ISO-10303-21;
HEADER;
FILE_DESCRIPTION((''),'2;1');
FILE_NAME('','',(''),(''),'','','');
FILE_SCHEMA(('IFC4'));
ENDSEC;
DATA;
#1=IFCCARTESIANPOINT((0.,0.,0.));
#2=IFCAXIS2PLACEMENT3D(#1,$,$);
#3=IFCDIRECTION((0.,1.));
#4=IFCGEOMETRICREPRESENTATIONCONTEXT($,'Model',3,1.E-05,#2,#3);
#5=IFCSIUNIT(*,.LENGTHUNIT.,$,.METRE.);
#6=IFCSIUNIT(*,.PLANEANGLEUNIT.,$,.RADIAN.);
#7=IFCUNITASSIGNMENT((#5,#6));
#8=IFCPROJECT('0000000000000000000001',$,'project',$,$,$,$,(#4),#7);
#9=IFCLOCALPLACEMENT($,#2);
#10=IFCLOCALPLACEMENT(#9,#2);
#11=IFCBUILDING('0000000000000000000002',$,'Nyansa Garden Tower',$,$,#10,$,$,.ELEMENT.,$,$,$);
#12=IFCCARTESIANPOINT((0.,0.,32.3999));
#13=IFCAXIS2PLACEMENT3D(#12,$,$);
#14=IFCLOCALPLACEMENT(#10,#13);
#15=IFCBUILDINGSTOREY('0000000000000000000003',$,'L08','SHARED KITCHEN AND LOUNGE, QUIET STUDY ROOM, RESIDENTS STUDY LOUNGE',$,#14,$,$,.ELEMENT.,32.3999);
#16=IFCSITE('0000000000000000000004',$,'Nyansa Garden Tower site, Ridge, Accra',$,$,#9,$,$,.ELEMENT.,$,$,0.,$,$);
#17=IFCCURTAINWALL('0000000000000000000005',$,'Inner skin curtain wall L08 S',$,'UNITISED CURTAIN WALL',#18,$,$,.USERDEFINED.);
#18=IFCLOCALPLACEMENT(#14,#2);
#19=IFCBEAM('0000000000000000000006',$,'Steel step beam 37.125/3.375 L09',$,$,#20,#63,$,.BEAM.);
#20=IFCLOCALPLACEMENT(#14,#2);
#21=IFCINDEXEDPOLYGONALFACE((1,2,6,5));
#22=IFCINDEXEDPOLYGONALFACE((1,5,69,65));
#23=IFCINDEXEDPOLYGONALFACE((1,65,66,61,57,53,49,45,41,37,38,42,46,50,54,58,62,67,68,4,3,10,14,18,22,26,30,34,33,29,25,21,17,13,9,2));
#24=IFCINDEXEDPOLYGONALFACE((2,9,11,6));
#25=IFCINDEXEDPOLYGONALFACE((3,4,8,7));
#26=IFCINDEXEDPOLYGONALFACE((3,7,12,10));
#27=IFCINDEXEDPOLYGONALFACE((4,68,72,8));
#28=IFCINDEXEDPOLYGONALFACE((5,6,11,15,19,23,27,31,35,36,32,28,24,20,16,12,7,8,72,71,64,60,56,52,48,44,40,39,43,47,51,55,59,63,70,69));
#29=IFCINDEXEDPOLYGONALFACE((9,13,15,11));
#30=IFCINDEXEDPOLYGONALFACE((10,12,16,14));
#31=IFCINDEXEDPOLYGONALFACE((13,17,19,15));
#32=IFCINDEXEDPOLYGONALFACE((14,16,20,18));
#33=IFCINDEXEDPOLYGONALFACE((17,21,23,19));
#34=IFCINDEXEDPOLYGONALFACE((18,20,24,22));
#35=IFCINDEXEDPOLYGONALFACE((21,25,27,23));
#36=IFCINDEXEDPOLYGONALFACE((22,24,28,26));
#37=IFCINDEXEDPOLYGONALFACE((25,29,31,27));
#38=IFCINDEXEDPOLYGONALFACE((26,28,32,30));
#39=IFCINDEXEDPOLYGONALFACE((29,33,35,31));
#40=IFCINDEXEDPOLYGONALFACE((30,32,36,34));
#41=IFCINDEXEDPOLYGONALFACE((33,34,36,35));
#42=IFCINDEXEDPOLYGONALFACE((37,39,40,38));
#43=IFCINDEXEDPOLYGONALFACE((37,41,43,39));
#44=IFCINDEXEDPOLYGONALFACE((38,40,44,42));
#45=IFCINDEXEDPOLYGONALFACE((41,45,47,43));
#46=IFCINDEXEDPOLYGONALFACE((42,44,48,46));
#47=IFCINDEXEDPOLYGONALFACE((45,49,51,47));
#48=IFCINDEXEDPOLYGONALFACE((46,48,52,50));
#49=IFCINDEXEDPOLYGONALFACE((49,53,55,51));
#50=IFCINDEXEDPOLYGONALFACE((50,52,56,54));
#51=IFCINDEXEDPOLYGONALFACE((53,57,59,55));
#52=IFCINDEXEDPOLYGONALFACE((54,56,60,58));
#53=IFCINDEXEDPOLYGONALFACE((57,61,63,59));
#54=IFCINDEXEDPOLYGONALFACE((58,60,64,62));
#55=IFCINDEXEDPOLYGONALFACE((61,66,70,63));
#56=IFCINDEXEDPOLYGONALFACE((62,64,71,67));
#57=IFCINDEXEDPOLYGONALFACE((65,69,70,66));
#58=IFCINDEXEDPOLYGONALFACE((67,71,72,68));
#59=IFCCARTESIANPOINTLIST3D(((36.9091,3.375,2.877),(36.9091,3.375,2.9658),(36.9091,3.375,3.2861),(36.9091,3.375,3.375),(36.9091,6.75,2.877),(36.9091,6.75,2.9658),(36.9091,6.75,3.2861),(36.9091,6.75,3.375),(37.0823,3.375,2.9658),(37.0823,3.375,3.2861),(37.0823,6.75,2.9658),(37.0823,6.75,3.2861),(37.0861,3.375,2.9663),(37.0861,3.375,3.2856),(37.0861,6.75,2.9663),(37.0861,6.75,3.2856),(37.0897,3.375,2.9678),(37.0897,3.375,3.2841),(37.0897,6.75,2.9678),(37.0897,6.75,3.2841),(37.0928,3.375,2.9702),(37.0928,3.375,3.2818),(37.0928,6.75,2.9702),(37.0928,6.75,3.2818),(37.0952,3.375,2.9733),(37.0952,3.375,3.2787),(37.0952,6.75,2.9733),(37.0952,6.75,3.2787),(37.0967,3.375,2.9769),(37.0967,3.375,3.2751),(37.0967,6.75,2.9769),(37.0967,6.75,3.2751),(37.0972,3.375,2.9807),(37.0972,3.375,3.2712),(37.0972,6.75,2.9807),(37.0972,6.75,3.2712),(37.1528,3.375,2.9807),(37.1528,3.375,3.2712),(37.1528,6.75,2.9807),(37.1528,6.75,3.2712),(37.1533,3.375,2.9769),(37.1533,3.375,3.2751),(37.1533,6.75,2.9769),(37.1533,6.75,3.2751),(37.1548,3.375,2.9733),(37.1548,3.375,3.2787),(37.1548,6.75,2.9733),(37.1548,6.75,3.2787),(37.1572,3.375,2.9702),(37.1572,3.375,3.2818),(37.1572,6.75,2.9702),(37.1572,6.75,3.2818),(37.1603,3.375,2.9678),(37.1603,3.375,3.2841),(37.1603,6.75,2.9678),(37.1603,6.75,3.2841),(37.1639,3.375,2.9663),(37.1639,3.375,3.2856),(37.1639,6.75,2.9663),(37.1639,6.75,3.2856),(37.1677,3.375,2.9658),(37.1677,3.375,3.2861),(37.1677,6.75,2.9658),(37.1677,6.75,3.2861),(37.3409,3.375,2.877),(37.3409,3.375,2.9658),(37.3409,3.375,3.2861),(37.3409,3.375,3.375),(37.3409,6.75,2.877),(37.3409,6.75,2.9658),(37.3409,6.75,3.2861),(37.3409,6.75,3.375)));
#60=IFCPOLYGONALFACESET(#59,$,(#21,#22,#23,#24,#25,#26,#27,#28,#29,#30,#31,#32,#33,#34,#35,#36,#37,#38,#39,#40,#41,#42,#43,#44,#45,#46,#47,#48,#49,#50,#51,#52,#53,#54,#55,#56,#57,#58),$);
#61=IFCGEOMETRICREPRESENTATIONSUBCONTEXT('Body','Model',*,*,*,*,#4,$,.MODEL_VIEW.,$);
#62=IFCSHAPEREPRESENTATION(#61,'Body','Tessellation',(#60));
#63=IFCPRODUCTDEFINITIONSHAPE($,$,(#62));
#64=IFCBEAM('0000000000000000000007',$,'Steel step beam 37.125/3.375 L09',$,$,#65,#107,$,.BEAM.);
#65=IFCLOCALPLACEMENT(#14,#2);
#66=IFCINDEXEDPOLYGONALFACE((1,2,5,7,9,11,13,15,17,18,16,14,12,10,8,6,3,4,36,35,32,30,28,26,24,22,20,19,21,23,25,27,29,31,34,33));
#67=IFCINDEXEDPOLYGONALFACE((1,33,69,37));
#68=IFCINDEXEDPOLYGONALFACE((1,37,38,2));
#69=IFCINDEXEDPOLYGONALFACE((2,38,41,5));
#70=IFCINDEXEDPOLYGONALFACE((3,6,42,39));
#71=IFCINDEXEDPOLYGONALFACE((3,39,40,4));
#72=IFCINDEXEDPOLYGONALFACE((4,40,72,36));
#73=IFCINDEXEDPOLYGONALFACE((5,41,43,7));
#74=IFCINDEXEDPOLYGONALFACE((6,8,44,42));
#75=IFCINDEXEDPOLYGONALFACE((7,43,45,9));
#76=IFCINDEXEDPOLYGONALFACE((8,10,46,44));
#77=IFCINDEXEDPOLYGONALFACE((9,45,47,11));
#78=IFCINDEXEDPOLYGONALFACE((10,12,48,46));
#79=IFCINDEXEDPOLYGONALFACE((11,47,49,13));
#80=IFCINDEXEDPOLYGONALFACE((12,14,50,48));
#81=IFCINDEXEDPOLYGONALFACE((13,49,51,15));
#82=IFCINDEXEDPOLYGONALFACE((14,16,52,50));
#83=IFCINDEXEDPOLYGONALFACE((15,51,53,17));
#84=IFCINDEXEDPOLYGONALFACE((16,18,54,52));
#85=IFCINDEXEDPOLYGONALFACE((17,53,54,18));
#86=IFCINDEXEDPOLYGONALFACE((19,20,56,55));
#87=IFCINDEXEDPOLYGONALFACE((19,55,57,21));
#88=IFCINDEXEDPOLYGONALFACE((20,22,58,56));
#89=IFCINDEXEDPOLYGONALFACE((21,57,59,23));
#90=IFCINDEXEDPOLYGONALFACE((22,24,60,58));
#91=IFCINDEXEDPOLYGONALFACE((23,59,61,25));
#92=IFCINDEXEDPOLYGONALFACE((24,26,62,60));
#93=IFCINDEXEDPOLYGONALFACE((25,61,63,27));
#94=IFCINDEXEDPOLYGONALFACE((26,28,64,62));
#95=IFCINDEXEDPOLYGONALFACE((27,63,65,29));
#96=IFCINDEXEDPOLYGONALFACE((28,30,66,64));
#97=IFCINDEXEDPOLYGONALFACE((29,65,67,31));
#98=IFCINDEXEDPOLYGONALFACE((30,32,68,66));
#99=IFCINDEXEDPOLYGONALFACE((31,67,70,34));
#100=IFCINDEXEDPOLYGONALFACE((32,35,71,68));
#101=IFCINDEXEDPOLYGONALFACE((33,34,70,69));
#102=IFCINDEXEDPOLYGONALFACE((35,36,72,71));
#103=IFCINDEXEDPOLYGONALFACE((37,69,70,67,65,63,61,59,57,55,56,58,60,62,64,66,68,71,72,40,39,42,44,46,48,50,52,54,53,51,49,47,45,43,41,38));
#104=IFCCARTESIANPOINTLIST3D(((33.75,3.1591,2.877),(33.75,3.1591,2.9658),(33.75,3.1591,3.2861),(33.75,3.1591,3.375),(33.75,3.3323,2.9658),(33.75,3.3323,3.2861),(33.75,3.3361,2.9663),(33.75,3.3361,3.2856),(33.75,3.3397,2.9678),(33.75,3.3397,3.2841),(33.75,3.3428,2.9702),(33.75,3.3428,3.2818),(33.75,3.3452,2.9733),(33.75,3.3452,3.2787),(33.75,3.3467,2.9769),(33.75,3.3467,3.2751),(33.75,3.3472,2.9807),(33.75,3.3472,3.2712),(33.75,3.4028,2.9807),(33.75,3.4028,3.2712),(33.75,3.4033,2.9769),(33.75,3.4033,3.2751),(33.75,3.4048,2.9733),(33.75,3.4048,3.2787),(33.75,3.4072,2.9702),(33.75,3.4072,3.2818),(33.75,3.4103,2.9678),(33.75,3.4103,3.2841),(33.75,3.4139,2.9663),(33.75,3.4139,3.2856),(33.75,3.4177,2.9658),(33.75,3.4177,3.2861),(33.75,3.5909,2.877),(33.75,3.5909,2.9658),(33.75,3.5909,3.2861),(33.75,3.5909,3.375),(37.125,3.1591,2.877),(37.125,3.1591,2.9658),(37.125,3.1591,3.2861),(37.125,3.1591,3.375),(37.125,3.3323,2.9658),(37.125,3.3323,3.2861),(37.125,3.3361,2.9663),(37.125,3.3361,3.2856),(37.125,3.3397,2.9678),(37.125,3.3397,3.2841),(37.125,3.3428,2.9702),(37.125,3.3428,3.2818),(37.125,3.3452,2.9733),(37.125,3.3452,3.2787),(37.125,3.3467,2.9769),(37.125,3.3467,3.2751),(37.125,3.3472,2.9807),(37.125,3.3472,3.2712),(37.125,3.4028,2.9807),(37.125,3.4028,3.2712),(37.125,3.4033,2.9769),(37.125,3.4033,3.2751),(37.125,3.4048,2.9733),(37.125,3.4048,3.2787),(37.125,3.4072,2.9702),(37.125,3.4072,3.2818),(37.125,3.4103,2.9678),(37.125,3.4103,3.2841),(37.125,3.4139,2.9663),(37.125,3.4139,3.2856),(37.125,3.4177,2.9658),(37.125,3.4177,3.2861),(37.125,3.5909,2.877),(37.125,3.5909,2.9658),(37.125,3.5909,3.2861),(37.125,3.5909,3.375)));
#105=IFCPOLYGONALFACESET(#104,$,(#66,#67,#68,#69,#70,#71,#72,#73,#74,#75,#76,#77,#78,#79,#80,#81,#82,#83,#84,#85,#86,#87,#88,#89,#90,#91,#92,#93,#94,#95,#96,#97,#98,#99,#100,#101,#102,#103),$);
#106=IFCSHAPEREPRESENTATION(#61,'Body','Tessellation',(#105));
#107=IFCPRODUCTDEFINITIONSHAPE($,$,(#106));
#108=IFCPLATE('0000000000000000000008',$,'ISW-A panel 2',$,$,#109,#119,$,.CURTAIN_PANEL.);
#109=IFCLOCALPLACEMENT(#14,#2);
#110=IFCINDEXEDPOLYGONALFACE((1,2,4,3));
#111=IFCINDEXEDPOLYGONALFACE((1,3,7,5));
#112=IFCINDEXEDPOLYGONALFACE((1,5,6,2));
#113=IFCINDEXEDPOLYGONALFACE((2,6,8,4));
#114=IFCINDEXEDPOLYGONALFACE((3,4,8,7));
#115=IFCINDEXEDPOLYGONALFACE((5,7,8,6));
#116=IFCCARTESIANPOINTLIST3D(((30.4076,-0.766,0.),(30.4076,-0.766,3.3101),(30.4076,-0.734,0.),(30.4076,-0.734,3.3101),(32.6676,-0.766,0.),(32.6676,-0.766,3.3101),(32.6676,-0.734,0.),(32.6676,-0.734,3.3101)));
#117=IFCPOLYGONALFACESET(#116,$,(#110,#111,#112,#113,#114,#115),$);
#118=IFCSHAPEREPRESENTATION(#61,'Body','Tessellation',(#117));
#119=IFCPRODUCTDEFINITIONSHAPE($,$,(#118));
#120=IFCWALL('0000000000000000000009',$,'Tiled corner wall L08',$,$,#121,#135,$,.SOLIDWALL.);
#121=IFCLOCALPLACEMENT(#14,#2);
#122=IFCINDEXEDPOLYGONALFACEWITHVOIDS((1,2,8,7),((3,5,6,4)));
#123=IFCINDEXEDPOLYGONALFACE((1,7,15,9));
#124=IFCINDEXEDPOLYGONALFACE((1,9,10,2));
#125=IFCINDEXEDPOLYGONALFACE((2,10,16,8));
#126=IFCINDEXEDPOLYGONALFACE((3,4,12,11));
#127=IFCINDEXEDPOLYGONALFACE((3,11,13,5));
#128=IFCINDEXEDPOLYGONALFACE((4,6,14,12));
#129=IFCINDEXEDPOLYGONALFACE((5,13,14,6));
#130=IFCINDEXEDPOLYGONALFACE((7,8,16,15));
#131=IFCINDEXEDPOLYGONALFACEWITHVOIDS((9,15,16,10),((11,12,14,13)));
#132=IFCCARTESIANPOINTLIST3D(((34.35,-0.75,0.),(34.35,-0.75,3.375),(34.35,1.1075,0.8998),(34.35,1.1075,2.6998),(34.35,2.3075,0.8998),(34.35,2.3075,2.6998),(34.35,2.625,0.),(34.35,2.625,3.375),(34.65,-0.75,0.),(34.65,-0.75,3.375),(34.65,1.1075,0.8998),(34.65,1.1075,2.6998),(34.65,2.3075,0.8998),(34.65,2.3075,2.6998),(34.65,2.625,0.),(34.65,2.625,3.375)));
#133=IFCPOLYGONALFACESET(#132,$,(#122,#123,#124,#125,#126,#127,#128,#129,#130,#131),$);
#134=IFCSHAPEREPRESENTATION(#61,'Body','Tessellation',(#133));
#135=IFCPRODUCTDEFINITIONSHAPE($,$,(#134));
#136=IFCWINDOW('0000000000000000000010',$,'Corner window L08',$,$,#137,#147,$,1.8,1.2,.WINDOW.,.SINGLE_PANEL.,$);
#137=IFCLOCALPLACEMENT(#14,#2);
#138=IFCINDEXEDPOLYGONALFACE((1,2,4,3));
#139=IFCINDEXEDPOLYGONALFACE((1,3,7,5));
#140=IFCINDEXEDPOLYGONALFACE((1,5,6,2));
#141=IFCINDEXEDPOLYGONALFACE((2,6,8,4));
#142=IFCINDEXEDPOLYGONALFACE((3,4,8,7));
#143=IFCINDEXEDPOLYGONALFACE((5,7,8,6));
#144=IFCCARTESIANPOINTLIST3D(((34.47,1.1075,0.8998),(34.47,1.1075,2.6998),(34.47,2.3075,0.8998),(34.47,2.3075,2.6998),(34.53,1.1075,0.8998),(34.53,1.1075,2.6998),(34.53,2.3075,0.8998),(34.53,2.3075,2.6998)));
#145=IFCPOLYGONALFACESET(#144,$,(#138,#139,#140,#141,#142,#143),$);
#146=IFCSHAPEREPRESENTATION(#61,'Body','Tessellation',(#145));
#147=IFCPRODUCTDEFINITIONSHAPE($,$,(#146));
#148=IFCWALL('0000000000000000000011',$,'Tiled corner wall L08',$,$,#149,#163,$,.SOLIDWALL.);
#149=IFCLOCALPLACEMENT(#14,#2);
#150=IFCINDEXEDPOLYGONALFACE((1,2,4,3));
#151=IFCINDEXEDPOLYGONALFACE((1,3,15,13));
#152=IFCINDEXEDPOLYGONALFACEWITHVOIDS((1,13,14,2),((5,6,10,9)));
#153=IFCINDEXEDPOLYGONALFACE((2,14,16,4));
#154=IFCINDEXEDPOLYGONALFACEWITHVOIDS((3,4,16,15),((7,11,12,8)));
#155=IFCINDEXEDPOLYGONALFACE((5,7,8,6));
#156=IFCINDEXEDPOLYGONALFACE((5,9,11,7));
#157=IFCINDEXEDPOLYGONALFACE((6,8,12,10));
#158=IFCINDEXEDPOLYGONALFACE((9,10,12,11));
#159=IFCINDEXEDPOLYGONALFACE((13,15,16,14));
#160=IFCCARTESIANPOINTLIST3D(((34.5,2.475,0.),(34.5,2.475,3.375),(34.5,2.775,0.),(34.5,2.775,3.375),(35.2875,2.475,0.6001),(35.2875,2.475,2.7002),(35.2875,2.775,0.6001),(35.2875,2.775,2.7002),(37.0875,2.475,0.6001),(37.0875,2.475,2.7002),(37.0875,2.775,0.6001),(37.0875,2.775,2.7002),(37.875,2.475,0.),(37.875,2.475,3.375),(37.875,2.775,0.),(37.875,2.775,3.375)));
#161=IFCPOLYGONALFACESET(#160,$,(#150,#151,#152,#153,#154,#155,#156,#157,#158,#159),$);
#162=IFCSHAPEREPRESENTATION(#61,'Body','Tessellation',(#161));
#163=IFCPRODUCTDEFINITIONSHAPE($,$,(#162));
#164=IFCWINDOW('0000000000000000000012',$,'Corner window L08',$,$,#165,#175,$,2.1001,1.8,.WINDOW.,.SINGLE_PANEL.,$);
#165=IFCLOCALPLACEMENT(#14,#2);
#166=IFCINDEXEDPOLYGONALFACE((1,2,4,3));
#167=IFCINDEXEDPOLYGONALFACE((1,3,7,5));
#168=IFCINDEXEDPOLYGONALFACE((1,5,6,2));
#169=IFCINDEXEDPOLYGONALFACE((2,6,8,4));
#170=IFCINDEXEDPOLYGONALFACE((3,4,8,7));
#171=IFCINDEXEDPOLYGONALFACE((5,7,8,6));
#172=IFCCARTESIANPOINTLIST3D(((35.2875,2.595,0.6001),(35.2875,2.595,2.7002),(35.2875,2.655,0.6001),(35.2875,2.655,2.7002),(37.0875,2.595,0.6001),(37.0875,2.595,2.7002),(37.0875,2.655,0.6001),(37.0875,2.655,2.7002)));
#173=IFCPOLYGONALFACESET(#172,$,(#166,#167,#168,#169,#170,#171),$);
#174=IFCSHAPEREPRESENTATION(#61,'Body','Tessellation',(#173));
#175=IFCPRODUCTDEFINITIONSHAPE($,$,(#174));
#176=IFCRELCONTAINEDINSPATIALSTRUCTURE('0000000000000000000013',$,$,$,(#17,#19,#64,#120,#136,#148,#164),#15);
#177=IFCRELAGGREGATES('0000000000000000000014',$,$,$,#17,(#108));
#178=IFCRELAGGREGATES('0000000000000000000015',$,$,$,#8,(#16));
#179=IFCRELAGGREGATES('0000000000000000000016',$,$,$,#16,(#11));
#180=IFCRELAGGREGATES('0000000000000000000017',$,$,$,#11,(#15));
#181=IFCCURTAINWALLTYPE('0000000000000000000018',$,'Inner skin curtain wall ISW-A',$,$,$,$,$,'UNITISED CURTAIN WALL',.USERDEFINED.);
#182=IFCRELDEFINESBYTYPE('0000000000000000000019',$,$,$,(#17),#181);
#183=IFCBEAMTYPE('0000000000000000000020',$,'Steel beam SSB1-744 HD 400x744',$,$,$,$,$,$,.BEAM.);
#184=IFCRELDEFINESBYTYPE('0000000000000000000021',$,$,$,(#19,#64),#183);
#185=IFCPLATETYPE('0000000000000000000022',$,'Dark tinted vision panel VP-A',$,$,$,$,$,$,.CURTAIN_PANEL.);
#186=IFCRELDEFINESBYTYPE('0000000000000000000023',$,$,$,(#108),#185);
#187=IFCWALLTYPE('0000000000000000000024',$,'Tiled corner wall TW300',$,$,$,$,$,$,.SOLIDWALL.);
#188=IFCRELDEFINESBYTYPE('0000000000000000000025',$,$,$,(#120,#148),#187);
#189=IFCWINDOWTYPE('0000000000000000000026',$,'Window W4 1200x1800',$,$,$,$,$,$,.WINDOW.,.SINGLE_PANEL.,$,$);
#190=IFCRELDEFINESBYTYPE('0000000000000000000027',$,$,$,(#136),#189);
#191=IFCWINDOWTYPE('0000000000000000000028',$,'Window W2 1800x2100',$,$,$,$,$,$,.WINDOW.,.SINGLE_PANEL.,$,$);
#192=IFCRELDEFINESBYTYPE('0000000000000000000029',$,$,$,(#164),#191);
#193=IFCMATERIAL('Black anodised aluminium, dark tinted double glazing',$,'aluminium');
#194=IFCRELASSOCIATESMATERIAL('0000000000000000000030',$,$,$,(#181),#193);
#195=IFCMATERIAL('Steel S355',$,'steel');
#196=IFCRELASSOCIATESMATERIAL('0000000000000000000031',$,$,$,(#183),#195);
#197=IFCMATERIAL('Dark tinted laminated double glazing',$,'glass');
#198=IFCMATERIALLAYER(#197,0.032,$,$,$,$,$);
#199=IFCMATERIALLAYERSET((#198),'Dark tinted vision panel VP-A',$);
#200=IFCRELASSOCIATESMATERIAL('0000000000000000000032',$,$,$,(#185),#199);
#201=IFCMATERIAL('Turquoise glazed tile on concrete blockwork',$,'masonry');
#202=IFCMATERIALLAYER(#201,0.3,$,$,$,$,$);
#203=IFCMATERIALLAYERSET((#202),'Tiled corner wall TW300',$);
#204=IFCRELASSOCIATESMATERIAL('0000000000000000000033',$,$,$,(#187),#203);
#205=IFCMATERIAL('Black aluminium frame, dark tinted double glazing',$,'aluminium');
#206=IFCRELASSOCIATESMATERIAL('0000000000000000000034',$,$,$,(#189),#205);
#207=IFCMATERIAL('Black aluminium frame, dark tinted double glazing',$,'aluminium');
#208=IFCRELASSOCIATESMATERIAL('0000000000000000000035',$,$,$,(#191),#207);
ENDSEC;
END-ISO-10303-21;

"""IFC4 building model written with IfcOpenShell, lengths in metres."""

from ifc_helpers import new_model, si_unit, direction, frame, frame_2d, origin, origin_2d, place, context, subcontext, project, spatial, rectangle, i_section, extrude, material, layer, layer_set, material_profile, profile_set, type_object, element, fill, aggregate, save


model = new_model("IFC4")

# Units and contexts
model_context = context("Model", 3, precision=1e-05, world=origin(), true_north=direction((0.0, 1.0)))
body_context = subcontext(model_context, "Body", "Model", "MODEL_VIEW")
ifc_project = project(units=[si_unit("LENGTHUNIT", "METRE"), si_unit("PLANEANGLEUNIT", "RADIAN")], contexts=[model_context])

# Site, building, storey
site_placement = place(None, origin())
site = spatial("IfcSite", under=ifc_project, at=site_placement, Name="Nyansa Garden Tower site, Ridge, Accra", CompositionType="ELEMENT", RefElevation=0.0)
building_placement = place(site_placement, origin())
building = spatial("IfcBuilding", under=site, at=building_placement, Name="Nyansa Garden Tower", CompositionType="ELEMENT")
storey_placement = place(building_placement, frame((0.0, 0.0, 32.3999)))
storey = spatial("IfcBuildingStorey", under=building, at=storey_placement, Name="L08", Description="SHARED KITCHEN AND LOUNGE, QUIET STUDY ROOM, RESIDENTS STUDY LOUNGE", CompositionType="ELEMENT", Elevation=32.3999)

# Curtain wall
ifc_material_1 = material(Name="Black anodised aluminium, dark tinted double glazing", Category="aluminium")
curtain_wall_type = type_object("IfcCurtainWallType", Name="Inner skin curtain wall ISW-A", ElementType="UNITISED CURTAIN WALL", PredefinedType="USERDEFINED", material=ifc_material_1)
curtain_wall_placement = place(storey_placement, origin())
curtain_wall = element("IfcCurtainWall", 1, at=curtain_wall_placement, inside=storey, type_object=curtain_wall_type, Name="Inner skin curtain wall L08 S", ObjectType="UNITISED CURTAIN WALL", PredefinedType="USERDEFINED")

# Beams
ifc_material_2 = material(Name="Steel S355", Category="steel")
ifc_material_profile_1 = material_profile(ifc_material_2, i_section(OverallWidth=0.4319, OverallDepth=0.498, WebThickness=0.0557, FlangeThickness=0.0889, FilletRadius=0.0149, at=origin_2d()), Name="HD 400x744")
ifc_profile_set_1 = profile_set([ifc_material_profile_1], Name="Steel S355")
beam_type_1 = type_object("IfcBeamType", Name="Steel beam SSB1-744 HD 400x744", PredefinedType="BEAM", material=ifc_profile_set_1)
for number, where, z_axis, x_axis, name in (
    (2, (37.125, 3.375, 3.126), (0.0, 1.0, 0.0), (-1.0, 0.0, 0.0), "Steel step beam 37.125/3.375 L09"),
    (3, (37.125, 3.375, 3.126), (-1.0, 0.0, 0.0), (0.0, -1.0, 0.0), "Steel step beam 37.125/3.375 L09"),
):
    element("IfcBeam", number, at=place(storey_placement, frame(where, z_axis=z_axis, x_axis=x_axis)), inside=storey, type_object=beam_type_1, Name=name, PredefinedType="BEAM", context=body_context, shape_type="SweptSolid", body=[
        extrude(i_section(OverallWidth=0.4319, OverallDepth=0.498, WebThickness=0.0557, FlangeThickness=0.0889, FilletRadius=0.0149, at=origin_2d()), origin(), (0.0, 0.0, 1.0), 3.375),
    ])

# Plate
ifc_material_3 = material(Name="Dark tinted laminated double glazing", Category="glass")
ifc_layer_1 = layer(ifc_material_3, 0.032)
ifc_layer_set_1 = layer_set([ifc_layer_1], Name="Dark tinted vision panel VP-A")
plate_type = type_object("IfcPlateType", Name="Dark tinted vision panel VP-A", PredefinedType="CURTAIN_PANEL", material=ifc_layer_set_1)
plate_placement = place(storey_placement, frame((31.5376, -0.75, 0.0), z_axis=(0.0, 0.0, 1.0), x_axis=(1.0, 0.0, 0.0)))
plate = element("IfcPlate", 4, at=plate_placement, type_object=plate_type, Name="ISW-A panel 2", PredefinedType="CURTAIN_PANEL", context=body_context, shape_type="SweptSolid", body=[
    extrude(rectangle(XDim=2.26, YDim=0.032, at=origin_2d()), origin(), (0.0, 0.0, 1.0), 3.3101),
])
aggregate(curtain_wall, [plate])

# Walls, openings, windows
ifc_material_4 = material(Name="Turquoise glazed tile on concrete blockwork", Category="masonry")
ifc_layer_2 = layer(ifc_material_4, 0.3)
ifc_layer_set_2 = layer_set([ifc_layer_2], Name="Tiled corner wall TW300")
wall_type = type_object("IfcWallType", Name="Tiled corner wall TW300", PredefinedType="SOLIDWALL", material=ifc_layer_set_2)
wall_1_placement = place(storey_placement, frame((34.5, -0.75, 0.0), z_axis=(0.0, 0.0, 1.0), x_axis=(0.0, 1.0, 0.0)))
wall_1 = element("IfcWall", 5, at=wall_1_placement, inside=storey, type_object=wall_type, Name="Tiled corner wall L08", PredefinedType="SOLIDWALL", context=body_context, shape_type="SweptSolid", body=[
    extrude(rectangle(XDim=3.375, YDim=0.3, at=frame_2d((1.6875, 0.0))), origin(), (0.0, 0.0, 1.0), 3.375),
])
opening_1_placement = place(wall_1_placement, frame((1.8574, 0.0, 0.8999)))
opening_1 = element("IfcOpeningElement", 6, at=opening_1_placement, cuts=wall_1, PredefinedType="OPENING", context=body_context, shape_type="SweptSolid", body=[
    extrude(rectangle(XDim=1.2, YDim=1.8, at=frame_2d((0.6001, 0.8999))), frame((0.0, 0.1599, 0.0), z_axis=(0.0, -1.0, 0.0), x_axis=(1.0, 0.0, 0.0)), (0.0, 0.0, 1.0), 0.3201),
])
ifc_material_5 = material(Name="Black aluminium frame, dark tinted double glazing", Category="aluminium")
window_type_1 = type_object("IfcWindowType", Name="Window W4 1200x1800", PartitioningType="SINGLE_PANEL", PredefinedType="WINDOW", material=ifc_material_5)
window_1_placement = place(opening_1_placement, origin())
window_1 = element("IfcWindow", 7, at=window_1_placement, inside=storey, type_object=window_type_1, Name="Corner window L08", OverallHeight=1.8, OverallWidth=1.2, PartitioningType="SINGLE_PANEL", PredefinedType="WINDOW", context=body_context, shape_type="SweptSolid", body=[
    extrude(rectangle(XDim=1.2, YDim=1.8, at=frame_2d((0.6001, 0.8999))), frame((0.0, 0.03, 0.0), z_axis=(0.0, -1.0, 0.0), x_axis=(1.0, 0.0, 0.0)), (0.0, 0.0, 1.0), 0.0601),
])
fill(opening_1, window_1)
wall_2_placement = place(storey_placement, frame((34.5, 2.625, 0.0), z_axis=(0.0, 0.0, 1.0), x_axis=(1.0, 0.0, 0.0)))
wall_2 = element("IfcWall", 8, at=wall_2_placement, inside=storey, type_object=wall_type, Name="Tiled corner wall L08", PredefinedType="SOLIDWALL", context=body_context, shape_type="SweptSolid", body=[
    extrude(rectangle(XDim=3.375, YDim=0.3, at=frame_2d((1.6875, 0.0))), origin(), (0.0, 0.0, 1.0), 3.375),
])
opening_2_placement = place(wall_2_placement, frame((0.7876, 0.0, 0.6001)))
opening_2 = element("IfcOpeningElement", 9, at=opening_2_placement, cuts=wall_2, PredefinedType="OPENING", context=body_context, shape_type="SweptSolid", body=[
    extrude(rectangle(XDim=1.8, YDim=2.1001, at=frame_2d((0.8999, 1.05))), frame((0.0, 0.1599, 0.0), z_axis=(0.0, -1.0, 0.0), x_axis=(1.0, 0.0, 0.0)), (0.0, 0.0, 1.0), 0.3201),
])
ifc_material_6 = material(Name="Black aluminium frame, dark tinted double glazing", Category="aluminium")
window_type_2 = type_object("IfcWindowType", Name="Window W2 1800x2100", PartitioningType="SINGLE_PANEL", PredefinedType="WINDOW", material=ifc_material_6)
window_2_placement = place(opening_2_placement, origin())
window_2 = element("IfcWindow", 10, at=window_2_placement, inside=storey, type_object=window_type_2, Name="Corner window L08", OverallHeight=2.1001, OverallWidth=1.8, PartitioningType="SINGLE_PANEL", PredefinedType="WINDOW", context=body_context, shape_type="SweptSolid", body=[
    extrude(rectangle(XDim=1.8, YDim=2.1001, at=frame_2d((0.8999, 1.05))), frame((0.0, 0.03, 0.0), z_axis=(0.0, -1.0, 0.0), x_axis=(1.0, 0.0, 0.0)), (0.0, 0.0, 1.0), 0.0601),
])
fill(opening_2, window_2)

save(model, "model.ifc")
